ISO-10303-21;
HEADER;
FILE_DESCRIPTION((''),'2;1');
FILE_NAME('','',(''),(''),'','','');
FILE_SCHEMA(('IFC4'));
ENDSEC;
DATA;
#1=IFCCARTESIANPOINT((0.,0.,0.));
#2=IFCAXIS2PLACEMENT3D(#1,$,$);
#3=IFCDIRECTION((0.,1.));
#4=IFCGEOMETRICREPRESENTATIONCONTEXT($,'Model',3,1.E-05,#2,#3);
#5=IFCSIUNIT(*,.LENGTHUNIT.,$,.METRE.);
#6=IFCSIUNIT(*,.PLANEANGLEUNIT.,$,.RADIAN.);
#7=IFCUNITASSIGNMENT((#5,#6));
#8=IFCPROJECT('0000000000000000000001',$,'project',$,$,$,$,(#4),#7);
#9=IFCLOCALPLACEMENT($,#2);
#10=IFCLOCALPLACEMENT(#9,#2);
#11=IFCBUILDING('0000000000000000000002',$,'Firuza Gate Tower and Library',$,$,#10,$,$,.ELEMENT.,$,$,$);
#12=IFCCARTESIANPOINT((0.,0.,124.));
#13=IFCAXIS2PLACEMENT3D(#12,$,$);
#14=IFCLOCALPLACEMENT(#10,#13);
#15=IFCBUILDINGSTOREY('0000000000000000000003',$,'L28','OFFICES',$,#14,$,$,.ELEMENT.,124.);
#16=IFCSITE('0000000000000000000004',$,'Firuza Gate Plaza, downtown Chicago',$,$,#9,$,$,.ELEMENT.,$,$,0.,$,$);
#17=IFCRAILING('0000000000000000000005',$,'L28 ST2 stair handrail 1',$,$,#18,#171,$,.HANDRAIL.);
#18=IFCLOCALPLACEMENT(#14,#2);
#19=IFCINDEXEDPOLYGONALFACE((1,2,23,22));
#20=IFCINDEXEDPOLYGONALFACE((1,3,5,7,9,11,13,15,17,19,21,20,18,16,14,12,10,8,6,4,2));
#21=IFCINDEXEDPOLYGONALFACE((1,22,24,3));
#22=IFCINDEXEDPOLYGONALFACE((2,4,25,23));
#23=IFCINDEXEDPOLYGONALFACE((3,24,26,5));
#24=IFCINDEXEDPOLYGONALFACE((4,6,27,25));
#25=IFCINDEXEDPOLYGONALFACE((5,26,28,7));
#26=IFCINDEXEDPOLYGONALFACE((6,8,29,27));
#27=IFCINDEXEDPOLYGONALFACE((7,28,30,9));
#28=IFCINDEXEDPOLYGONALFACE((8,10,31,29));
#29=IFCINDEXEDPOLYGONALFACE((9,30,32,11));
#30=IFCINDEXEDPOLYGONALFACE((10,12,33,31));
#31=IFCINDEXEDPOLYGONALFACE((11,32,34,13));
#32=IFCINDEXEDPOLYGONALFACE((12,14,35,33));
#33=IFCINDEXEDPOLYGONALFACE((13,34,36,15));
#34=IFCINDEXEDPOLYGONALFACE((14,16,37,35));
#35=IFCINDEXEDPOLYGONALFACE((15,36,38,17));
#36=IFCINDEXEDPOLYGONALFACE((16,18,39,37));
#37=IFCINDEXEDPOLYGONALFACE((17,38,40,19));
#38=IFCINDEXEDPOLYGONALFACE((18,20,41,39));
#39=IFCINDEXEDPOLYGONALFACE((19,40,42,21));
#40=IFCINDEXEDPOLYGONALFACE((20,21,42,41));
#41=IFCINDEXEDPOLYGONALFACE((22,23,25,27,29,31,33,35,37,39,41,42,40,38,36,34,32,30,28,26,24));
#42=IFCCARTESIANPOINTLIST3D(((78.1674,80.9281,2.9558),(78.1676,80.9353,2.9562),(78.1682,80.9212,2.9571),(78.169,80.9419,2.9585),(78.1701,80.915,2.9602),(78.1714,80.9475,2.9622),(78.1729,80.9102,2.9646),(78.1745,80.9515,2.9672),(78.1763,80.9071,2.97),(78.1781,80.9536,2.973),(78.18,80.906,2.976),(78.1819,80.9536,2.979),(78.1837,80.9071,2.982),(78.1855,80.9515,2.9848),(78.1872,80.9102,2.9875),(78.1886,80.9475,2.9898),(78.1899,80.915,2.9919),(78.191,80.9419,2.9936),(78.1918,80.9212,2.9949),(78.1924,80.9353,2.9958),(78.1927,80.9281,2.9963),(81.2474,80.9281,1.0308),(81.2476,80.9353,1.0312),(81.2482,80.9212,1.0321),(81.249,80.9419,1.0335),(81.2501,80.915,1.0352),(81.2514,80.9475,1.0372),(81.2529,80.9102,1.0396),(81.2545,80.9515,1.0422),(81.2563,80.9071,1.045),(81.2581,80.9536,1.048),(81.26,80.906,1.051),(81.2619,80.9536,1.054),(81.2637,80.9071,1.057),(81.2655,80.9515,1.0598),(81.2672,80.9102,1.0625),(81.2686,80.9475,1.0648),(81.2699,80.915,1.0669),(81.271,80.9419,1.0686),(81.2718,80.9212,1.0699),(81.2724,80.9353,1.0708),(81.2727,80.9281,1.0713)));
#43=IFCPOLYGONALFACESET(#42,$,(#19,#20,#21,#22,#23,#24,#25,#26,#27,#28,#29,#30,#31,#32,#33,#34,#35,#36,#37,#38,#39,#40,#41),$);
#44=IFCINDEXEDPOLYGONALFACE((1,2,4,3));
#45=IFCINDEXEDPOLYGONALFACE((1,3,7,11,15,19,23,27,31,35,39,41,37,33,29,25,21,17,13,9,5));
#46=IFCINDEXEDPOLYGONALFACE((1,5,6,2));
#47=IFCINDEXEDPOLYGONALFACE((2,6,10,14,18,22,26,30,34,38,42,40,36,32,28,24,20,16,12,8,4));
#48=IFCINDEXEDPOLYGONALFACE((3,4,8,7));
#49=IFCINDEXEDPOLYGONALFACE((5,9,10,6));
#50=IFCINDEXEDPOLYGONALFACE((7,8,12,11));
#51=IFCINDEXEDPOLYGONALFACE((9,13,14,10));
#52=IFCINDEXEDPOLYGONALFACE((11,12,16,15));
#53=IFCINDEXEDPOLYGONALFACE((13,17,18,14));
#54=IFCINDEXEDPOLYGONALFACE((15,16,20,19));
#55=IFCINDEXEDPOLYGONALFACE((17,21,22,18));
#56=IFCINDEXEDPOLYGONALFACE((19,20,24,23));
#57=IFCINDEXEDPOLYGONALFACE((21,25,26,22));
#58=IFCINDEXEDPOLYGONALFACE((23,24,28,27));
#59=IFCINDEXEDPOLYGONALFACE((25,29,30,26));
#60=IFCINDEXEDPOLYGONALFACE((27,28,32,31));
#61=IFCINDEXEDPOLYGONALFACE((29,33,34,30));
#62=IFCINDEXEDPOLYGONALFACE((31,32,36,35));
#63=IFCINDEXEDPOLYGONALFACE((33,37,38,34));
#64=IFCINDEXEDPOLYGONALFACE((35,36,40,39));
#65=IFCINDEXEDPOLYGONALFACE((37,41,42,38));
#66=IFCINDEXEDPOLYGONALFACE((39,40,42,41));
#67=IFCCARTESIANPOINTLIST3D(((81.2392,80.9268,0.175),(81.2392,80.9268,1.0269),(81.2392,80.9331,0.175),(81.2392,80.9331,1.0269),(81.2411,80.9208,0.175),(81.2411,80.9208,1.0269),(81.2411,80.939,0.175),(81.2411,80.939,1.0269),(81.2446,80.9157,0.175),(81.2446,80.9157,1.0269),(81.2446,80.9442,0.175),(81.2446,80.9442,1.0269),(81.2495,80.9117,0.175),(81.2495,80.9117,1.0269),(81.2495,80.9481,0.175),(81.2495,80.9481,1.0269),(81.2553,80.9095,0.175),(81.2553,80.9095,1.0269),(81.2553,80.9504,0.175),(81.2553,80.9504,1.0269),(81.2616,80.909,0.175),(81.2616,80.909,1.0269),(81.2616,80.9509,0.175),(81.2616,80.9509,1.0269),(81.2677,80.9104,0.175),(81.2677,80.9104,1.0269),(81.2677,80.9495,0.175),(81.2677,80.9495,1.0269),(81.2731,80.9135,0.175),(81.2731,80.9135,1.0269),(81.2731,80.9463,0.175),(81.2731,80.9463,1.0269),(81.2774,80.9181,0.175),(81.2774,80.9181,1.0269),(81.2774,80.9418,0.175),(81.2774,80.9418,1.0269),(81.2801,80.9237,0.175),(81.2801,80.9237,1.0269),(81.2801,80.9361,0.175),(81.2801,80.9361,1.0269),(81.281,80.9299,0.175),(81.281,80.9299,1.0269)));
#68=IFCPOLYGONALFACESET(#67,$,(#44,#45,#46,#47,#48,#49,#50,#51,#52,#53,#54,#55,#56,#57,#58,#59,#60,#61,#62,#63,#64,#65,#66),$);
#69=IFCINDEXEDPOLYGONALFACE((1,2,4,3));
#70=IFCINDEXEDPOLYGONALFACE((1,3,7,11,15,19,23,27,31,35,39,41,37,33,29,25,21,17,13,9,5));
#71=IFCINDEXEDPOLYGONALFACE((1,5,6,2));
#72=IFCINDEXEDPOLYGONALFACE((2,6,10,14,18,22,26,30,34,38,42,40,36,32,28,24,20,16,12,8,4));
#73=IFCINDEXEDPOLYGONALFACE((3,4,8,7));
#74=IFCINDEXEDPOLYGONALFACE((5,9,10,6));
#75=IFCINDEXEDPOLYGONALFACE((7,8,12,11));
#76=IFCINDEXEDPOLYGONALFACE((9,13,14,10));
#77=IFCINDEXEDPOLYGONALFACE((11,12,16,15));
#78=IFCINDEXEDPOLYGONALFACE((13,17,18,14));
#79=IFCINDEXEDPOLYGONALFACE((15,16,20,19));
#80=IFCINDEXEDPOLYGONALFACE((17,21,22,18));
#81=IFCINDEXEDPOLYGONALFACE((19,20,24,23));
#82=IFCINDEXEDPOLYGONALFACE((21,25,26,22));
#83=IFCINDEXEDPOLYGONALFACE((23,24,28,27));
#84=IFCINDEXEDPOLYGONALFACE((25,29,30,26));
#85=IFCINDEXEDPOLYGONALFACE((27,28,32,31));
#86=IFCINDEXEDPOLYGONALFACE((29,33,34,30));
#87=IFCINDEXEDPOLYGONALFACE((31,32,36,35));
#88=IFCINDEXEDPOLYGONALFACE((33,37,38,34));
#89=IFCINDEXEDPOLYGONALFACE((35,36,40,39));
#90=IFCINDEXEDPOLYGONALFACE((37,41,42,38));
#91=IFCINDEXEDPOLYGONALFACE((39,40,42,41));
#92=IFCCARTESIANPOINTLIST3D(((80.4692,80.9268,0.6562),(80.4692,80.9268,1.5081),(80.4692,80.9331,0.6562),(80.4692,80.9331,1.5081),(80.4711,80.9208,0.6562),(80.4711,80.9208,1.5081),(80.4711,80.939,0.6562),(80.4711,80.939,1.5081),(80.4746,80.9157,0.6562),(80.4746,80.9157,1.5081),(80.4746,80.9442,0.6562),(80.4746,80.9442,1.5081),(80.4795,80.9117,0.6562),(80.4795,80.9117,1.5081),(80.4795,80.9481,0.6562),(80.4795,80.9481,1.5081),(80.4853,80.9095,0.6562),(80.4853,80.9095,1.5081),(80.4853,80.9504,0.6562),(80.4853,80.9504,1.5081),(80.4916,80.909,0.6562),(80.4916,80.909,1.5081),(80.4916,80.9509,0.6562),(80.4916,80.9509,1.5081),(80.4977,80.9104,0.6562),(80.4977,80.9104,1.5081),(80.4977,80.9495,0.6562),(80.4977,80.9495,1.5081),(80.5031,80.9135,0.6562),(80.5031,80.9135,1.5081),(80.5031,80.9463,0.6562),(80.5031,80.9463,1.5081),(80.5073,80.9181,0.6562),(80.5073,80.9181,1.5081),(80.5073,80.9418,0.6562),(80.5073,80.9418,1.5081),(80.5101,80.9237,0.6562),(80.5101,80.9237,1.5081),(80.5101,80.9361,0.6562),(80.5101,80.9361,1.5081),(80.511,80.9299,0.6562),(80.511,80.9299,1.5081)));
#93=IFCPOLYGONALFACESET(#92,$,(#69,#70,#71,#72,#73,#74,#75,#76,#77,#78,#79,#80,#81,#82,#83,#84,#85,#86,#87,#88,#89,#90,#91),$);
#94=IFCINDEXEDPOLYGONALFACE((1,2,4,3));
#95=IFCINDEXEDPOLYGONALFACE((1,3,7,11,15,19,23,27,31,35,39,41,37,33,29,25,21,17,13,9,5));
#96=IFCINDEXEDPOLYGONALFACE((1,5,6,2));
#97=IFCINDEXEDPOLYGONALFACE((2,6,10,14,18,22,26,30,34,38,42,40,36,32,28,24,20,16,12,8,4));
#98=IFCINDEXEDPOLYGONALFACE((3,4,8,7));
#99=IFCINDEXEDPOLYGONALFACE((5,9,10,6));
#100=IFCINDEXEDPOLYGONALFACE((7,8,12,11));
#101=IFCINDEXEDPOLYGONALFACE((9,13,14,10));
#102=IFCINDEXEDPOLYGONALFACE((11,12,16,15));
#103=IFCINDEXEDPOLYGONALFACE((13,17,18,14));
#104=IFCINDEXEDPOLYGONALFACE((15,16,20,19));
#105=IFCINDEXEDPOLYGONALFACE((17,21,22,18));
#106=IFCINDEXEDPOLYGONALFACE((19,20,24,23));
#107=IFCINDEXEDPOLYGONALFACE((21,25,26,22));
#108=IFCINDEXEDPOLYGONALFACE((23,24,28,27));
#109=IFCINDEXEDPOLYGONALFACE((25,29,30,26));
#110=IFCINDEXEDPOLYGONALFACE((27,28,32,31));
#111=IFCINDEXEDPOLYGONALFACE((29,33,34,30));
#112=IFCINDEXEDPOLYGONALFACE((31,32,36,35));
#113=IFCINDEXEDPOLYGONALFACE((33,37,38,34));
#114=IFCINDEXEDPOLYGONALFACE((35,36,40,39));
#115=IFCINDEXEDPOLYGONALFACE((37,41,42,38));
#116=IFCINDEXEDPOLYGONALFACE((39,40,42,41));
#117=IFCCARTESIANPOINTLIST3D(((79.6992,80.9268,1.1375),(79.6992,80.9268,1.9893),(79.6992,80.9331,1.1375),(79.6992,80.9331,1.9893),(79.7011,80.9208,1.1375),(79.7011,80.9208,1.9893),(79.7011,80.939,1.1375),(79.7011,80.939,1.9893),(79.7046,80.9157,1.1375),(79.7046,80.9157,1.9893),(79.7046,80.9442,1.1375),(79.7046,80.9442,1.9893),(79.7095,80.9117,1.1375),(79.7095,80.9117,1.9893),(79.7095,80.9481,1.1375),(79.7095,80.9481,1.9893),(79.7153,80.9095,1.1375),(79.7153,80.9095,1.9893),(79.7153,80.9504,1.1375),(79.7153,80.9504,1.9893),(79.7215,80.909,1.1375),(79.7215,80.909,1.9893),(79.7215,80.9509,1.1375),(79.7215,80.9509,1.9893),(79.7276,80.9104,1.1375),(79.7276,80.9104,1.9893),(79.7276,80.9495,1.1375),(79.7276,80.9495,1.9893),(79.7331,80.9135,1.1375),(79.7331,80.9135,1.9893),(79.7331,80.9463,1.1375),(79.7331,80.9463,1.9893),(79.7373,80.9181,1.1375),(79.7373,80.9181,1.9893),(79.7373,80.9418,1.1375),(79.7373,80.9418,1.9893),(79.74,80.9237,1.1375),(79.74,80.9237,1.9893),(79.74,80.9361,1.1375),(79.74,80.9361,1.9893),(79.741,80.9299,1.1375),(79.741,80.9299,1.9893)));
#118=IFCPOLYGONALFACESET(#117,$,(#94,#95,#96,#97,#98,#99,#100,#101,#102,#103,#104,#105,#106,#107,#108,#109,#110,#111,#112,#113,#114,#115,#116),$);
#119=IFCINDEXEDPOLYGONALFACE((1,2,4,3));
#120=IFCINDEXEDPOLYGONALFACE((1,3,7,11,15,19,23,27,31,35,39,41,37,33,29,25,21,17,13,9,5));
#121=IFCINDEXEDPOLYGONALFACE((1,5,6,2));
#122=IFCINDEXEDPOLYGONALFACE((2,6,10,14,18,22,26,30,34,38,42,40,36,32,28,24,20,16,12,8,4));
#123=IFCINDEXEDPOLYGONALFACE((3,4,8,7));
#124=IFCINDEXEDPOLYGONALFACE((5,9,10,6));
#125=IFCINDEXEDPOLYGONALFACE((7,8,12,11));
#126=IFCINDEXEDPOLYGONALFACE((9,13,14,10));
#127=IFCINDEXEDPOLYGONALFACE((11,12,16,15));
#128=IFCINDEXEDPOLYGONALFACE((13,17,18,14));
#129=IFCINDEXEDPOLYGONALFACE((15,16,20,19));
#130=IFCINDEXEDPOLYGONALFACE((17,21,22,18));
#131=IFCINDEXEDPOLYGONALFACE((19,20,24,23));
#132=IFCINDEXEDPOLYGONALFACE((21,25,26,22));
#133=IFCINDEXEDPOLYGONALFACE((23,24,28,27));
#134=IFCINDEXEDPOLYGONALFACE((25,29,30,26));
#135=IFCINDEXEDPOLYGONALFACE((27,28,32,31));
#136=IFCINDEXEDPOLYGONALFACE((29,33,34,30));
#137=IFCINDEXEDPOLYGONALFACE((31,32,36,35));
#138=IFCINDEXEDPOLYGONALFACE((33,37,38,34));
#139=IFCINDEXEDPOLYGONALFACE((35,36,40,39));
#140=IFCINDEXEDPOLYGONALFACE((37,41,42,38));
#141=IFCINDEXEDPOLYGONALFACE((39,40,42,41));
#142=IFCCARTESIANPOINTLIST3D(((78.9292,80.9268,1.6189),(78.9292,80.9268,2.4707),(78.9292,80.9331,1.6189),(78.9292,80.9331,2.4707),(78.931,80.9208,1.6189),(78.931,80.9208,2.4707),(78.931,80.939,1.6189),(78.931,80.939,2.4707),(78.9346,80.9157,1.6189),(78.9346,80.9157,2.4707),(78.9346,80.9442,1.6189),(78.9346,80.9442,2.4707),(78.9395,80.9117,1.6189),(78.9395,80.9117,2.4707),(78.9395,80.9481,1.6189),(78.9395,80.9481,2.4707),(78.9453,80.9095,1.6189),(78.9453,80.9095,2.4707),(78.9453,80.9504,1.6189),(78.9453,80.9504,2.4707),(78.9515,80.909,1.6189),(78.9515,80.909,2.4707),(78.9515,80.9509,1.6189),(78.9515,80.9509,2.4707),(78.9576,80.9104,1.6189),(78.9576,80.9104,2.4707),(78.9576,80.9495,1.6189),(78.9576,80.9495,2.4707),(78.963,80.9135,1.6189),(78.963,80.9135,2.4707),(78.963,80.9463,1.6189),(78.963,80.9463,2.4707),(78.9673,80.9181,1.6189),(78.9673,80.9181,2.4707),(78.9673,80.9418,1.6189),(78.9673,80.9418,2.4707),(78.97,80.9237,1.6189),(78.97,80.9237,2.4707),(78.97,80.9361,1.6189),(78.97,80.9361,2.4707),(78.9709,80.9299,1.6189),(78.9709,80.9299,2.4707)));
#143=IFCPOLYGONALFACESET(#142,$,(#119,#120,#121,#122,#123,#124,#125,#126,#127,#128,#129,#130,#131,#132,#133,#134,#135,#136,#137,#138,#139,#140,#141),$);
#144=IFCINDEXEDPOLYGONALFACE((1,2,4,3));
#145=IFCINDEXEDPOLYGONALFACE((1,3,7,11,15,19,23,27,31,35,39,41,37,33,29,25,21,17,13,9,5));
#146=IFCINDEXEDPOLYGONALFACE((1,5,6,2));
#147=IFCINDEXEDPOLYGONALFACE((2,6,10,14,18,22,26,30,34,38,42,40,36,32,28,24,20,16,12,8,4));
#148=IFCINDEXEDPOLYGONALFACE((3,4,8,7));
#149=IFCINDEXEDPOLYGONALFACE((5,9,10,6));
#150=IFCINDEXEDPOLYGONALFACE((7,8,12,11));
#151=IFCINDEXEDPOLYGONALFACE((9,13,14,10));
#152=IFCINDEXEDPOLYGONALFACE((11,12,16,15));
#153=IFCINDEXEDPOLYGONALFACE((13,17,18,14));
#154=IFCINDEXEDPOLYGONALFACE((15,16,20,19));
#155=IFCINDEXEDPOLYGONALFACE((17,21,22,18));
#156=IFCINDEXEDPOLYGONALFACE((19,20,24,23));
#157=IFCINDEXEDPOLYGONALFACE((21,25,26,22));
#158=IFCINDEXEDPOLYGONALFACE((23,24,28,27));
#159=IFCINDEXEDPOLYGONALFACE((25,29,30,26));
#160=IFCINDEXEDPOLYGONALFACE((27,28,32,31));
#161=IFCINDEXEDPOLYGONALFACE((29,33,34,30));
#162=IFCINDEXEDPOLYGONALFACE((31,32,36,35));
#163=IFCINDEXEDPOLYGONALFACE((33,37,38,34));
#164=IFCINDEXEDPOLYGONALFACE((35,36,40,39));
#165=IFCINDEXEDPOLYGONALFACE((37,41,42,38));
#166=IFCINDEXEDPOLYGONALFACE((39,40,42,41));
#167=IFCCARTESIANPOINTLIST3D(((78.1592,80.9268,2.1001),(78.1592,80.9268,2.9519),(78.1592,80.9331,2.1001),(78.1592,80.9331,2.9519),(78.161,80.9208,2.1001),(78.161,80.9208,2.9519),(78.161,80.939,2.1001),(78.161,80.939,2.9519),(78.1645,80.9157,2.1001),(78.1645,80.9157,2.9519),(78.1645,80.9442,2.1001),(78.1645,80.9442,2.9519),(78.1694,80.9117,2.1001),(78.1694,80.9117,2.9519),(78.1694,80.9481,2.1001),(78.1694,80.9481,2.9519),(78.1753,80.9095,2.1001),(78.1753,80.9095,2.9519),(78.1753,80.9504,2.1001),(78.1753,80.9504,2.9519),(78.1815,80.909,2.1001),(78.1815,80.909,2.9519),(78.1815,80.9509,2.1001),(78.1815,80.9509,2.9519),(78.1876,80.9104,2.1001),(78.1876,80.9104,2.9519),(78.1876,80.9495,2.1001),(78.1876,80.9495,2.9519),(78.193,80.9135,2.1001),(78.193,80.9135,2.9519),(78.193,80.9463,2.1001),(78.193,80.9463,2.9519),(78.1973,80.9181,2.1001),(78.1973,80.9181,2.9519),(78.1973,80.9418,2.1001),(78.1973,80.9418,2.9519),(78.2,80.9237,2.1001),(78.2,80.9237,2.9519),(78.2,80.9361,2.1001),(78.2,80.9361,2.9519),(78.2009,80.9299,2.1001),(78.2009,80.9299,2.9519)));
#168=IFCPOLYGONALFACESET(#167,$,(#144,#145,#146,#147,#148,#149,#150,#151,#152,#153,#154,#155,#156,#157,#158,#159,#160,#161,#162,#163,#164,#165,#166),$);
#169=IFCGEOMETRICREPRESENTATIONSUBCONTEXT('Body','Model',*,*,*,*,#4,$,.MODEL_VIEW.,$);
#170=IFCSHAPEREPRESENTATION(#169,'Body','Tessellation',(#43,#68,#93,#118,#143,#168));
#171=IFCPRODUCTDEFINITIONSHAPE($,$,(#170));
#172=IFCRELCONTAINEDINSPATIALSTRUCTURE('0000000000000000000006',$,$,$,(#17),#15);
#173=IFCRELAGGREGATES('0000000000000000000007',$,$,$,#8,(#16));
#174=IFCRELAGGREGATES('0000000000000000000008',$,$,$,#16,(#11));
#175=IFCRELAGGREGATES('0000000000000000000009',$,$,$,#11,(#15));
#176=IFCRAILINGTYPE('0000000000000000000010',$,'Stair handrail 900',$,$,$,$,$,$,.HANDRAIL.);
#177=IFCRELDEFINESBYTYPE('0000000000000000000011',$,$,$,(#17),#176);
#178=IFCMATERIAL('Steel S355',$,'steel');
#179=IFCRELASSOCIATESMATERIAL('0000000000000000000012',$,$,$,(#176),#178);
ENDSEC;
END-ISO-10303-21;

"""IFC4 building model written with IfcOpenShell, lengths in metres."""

from ifc_helpers import new_model, si_unit, direction, frame, origin, origin_2d, place, context, subcontext, project, spatial, circle, extrude, material, type_object, element, save


model = new_model("IFC4")

# Units and contexts
model_context = context("Model", 3, precision=1e-05, world=origin(), true_north=direction((0.0, 1.0)))
body_context = subcontext(model_context, "Body", "Model", "MODEL_VIEW")
ifc_project = project(units=[si_unit("LENGTHUNIT", "METRE"), si_unit("PLANEANGLEUNIT", "RADIAN")], contexts=[model_context])

# Site, building, storey
site_placement = place(None, origin())
site = spatial("IfcSite", under=ifc_project, at=site_placement, Name="Firuza Gate Plaza, downtown Chicago", CompositionType="ELEMENT", RefElevation=0.0)
building_placement = place(site_placement, origin())
building = spatial("IfcBuilding", under=site, at=building_placement, Name="Firuza Gate Tower and Library", CompositionType="ELEMENT")
storey_placement = place(building_placement, frame((0.0, 0.0, 124.0)))
storey = spatial("IfcBuildingStorey", under=building, at=storey_placement, Name="L28", Description="OFFICES", CompositionType="ELEMENT", Elevation=124.0)

# Railing
ifc_material_1 = material(Name="Steel S355", Category="steel")
railing_type_1 = type_object("IfcRailingType", Name="Stair handrail 900", PredefinedType="HANDRAIL", material=ifc_material_1)
railing_1_placement = place(storey_placement, frame((81.26, 80.9299, 0.175)))
element("IfcRailing", 1, at=railing_1_placement, inside=storey, type_object=railing_type_1, Name="L28 ST2 stair handrail 1", PredefinedType="HANDRAIL", context=body_context, shape_type="SweptSolid", body=[
    extrude(circle(Radius=0.0239, at=origin_2d()), frame((0.0, 0.0, 0.876), z_axis=(-0.847998, 0.0, 0.529999), x_axis=(0.0, -1.0, 0.0)), (0.0, 0.0, 1.0), 3.6321),
    extrude(circle(Radius=0.021, at=origin_2d()), origin(), (0.0, 0.0, 1.0), 0.8518),
    extrude(circle(Radius=0.021, at=origin_2d()), frame((-0.77, 0.0, 0.4812)), (0.0, 0.0, 1.0), 0.8518),
    extrude(circle(Radius=0.021, at=origin_2d()), frame((-1.54, 0.0, 0.9624)), (0.0, 0.0, 1.0), 0.8518),
    extrude(circle(Radius=0.021, at=origin_2d()), frame((-2.3101, 0.0, 1.4438)), (0.0, 0.0, 1.0), 0.8518),
    extrude(circle(Radius=0.021, at=origin_2d()), frame((-3.0801, 0.0, 1.925)), (0.0, 0.0, 1.0), 0.8518),
])

save(model, "model.ifc")
